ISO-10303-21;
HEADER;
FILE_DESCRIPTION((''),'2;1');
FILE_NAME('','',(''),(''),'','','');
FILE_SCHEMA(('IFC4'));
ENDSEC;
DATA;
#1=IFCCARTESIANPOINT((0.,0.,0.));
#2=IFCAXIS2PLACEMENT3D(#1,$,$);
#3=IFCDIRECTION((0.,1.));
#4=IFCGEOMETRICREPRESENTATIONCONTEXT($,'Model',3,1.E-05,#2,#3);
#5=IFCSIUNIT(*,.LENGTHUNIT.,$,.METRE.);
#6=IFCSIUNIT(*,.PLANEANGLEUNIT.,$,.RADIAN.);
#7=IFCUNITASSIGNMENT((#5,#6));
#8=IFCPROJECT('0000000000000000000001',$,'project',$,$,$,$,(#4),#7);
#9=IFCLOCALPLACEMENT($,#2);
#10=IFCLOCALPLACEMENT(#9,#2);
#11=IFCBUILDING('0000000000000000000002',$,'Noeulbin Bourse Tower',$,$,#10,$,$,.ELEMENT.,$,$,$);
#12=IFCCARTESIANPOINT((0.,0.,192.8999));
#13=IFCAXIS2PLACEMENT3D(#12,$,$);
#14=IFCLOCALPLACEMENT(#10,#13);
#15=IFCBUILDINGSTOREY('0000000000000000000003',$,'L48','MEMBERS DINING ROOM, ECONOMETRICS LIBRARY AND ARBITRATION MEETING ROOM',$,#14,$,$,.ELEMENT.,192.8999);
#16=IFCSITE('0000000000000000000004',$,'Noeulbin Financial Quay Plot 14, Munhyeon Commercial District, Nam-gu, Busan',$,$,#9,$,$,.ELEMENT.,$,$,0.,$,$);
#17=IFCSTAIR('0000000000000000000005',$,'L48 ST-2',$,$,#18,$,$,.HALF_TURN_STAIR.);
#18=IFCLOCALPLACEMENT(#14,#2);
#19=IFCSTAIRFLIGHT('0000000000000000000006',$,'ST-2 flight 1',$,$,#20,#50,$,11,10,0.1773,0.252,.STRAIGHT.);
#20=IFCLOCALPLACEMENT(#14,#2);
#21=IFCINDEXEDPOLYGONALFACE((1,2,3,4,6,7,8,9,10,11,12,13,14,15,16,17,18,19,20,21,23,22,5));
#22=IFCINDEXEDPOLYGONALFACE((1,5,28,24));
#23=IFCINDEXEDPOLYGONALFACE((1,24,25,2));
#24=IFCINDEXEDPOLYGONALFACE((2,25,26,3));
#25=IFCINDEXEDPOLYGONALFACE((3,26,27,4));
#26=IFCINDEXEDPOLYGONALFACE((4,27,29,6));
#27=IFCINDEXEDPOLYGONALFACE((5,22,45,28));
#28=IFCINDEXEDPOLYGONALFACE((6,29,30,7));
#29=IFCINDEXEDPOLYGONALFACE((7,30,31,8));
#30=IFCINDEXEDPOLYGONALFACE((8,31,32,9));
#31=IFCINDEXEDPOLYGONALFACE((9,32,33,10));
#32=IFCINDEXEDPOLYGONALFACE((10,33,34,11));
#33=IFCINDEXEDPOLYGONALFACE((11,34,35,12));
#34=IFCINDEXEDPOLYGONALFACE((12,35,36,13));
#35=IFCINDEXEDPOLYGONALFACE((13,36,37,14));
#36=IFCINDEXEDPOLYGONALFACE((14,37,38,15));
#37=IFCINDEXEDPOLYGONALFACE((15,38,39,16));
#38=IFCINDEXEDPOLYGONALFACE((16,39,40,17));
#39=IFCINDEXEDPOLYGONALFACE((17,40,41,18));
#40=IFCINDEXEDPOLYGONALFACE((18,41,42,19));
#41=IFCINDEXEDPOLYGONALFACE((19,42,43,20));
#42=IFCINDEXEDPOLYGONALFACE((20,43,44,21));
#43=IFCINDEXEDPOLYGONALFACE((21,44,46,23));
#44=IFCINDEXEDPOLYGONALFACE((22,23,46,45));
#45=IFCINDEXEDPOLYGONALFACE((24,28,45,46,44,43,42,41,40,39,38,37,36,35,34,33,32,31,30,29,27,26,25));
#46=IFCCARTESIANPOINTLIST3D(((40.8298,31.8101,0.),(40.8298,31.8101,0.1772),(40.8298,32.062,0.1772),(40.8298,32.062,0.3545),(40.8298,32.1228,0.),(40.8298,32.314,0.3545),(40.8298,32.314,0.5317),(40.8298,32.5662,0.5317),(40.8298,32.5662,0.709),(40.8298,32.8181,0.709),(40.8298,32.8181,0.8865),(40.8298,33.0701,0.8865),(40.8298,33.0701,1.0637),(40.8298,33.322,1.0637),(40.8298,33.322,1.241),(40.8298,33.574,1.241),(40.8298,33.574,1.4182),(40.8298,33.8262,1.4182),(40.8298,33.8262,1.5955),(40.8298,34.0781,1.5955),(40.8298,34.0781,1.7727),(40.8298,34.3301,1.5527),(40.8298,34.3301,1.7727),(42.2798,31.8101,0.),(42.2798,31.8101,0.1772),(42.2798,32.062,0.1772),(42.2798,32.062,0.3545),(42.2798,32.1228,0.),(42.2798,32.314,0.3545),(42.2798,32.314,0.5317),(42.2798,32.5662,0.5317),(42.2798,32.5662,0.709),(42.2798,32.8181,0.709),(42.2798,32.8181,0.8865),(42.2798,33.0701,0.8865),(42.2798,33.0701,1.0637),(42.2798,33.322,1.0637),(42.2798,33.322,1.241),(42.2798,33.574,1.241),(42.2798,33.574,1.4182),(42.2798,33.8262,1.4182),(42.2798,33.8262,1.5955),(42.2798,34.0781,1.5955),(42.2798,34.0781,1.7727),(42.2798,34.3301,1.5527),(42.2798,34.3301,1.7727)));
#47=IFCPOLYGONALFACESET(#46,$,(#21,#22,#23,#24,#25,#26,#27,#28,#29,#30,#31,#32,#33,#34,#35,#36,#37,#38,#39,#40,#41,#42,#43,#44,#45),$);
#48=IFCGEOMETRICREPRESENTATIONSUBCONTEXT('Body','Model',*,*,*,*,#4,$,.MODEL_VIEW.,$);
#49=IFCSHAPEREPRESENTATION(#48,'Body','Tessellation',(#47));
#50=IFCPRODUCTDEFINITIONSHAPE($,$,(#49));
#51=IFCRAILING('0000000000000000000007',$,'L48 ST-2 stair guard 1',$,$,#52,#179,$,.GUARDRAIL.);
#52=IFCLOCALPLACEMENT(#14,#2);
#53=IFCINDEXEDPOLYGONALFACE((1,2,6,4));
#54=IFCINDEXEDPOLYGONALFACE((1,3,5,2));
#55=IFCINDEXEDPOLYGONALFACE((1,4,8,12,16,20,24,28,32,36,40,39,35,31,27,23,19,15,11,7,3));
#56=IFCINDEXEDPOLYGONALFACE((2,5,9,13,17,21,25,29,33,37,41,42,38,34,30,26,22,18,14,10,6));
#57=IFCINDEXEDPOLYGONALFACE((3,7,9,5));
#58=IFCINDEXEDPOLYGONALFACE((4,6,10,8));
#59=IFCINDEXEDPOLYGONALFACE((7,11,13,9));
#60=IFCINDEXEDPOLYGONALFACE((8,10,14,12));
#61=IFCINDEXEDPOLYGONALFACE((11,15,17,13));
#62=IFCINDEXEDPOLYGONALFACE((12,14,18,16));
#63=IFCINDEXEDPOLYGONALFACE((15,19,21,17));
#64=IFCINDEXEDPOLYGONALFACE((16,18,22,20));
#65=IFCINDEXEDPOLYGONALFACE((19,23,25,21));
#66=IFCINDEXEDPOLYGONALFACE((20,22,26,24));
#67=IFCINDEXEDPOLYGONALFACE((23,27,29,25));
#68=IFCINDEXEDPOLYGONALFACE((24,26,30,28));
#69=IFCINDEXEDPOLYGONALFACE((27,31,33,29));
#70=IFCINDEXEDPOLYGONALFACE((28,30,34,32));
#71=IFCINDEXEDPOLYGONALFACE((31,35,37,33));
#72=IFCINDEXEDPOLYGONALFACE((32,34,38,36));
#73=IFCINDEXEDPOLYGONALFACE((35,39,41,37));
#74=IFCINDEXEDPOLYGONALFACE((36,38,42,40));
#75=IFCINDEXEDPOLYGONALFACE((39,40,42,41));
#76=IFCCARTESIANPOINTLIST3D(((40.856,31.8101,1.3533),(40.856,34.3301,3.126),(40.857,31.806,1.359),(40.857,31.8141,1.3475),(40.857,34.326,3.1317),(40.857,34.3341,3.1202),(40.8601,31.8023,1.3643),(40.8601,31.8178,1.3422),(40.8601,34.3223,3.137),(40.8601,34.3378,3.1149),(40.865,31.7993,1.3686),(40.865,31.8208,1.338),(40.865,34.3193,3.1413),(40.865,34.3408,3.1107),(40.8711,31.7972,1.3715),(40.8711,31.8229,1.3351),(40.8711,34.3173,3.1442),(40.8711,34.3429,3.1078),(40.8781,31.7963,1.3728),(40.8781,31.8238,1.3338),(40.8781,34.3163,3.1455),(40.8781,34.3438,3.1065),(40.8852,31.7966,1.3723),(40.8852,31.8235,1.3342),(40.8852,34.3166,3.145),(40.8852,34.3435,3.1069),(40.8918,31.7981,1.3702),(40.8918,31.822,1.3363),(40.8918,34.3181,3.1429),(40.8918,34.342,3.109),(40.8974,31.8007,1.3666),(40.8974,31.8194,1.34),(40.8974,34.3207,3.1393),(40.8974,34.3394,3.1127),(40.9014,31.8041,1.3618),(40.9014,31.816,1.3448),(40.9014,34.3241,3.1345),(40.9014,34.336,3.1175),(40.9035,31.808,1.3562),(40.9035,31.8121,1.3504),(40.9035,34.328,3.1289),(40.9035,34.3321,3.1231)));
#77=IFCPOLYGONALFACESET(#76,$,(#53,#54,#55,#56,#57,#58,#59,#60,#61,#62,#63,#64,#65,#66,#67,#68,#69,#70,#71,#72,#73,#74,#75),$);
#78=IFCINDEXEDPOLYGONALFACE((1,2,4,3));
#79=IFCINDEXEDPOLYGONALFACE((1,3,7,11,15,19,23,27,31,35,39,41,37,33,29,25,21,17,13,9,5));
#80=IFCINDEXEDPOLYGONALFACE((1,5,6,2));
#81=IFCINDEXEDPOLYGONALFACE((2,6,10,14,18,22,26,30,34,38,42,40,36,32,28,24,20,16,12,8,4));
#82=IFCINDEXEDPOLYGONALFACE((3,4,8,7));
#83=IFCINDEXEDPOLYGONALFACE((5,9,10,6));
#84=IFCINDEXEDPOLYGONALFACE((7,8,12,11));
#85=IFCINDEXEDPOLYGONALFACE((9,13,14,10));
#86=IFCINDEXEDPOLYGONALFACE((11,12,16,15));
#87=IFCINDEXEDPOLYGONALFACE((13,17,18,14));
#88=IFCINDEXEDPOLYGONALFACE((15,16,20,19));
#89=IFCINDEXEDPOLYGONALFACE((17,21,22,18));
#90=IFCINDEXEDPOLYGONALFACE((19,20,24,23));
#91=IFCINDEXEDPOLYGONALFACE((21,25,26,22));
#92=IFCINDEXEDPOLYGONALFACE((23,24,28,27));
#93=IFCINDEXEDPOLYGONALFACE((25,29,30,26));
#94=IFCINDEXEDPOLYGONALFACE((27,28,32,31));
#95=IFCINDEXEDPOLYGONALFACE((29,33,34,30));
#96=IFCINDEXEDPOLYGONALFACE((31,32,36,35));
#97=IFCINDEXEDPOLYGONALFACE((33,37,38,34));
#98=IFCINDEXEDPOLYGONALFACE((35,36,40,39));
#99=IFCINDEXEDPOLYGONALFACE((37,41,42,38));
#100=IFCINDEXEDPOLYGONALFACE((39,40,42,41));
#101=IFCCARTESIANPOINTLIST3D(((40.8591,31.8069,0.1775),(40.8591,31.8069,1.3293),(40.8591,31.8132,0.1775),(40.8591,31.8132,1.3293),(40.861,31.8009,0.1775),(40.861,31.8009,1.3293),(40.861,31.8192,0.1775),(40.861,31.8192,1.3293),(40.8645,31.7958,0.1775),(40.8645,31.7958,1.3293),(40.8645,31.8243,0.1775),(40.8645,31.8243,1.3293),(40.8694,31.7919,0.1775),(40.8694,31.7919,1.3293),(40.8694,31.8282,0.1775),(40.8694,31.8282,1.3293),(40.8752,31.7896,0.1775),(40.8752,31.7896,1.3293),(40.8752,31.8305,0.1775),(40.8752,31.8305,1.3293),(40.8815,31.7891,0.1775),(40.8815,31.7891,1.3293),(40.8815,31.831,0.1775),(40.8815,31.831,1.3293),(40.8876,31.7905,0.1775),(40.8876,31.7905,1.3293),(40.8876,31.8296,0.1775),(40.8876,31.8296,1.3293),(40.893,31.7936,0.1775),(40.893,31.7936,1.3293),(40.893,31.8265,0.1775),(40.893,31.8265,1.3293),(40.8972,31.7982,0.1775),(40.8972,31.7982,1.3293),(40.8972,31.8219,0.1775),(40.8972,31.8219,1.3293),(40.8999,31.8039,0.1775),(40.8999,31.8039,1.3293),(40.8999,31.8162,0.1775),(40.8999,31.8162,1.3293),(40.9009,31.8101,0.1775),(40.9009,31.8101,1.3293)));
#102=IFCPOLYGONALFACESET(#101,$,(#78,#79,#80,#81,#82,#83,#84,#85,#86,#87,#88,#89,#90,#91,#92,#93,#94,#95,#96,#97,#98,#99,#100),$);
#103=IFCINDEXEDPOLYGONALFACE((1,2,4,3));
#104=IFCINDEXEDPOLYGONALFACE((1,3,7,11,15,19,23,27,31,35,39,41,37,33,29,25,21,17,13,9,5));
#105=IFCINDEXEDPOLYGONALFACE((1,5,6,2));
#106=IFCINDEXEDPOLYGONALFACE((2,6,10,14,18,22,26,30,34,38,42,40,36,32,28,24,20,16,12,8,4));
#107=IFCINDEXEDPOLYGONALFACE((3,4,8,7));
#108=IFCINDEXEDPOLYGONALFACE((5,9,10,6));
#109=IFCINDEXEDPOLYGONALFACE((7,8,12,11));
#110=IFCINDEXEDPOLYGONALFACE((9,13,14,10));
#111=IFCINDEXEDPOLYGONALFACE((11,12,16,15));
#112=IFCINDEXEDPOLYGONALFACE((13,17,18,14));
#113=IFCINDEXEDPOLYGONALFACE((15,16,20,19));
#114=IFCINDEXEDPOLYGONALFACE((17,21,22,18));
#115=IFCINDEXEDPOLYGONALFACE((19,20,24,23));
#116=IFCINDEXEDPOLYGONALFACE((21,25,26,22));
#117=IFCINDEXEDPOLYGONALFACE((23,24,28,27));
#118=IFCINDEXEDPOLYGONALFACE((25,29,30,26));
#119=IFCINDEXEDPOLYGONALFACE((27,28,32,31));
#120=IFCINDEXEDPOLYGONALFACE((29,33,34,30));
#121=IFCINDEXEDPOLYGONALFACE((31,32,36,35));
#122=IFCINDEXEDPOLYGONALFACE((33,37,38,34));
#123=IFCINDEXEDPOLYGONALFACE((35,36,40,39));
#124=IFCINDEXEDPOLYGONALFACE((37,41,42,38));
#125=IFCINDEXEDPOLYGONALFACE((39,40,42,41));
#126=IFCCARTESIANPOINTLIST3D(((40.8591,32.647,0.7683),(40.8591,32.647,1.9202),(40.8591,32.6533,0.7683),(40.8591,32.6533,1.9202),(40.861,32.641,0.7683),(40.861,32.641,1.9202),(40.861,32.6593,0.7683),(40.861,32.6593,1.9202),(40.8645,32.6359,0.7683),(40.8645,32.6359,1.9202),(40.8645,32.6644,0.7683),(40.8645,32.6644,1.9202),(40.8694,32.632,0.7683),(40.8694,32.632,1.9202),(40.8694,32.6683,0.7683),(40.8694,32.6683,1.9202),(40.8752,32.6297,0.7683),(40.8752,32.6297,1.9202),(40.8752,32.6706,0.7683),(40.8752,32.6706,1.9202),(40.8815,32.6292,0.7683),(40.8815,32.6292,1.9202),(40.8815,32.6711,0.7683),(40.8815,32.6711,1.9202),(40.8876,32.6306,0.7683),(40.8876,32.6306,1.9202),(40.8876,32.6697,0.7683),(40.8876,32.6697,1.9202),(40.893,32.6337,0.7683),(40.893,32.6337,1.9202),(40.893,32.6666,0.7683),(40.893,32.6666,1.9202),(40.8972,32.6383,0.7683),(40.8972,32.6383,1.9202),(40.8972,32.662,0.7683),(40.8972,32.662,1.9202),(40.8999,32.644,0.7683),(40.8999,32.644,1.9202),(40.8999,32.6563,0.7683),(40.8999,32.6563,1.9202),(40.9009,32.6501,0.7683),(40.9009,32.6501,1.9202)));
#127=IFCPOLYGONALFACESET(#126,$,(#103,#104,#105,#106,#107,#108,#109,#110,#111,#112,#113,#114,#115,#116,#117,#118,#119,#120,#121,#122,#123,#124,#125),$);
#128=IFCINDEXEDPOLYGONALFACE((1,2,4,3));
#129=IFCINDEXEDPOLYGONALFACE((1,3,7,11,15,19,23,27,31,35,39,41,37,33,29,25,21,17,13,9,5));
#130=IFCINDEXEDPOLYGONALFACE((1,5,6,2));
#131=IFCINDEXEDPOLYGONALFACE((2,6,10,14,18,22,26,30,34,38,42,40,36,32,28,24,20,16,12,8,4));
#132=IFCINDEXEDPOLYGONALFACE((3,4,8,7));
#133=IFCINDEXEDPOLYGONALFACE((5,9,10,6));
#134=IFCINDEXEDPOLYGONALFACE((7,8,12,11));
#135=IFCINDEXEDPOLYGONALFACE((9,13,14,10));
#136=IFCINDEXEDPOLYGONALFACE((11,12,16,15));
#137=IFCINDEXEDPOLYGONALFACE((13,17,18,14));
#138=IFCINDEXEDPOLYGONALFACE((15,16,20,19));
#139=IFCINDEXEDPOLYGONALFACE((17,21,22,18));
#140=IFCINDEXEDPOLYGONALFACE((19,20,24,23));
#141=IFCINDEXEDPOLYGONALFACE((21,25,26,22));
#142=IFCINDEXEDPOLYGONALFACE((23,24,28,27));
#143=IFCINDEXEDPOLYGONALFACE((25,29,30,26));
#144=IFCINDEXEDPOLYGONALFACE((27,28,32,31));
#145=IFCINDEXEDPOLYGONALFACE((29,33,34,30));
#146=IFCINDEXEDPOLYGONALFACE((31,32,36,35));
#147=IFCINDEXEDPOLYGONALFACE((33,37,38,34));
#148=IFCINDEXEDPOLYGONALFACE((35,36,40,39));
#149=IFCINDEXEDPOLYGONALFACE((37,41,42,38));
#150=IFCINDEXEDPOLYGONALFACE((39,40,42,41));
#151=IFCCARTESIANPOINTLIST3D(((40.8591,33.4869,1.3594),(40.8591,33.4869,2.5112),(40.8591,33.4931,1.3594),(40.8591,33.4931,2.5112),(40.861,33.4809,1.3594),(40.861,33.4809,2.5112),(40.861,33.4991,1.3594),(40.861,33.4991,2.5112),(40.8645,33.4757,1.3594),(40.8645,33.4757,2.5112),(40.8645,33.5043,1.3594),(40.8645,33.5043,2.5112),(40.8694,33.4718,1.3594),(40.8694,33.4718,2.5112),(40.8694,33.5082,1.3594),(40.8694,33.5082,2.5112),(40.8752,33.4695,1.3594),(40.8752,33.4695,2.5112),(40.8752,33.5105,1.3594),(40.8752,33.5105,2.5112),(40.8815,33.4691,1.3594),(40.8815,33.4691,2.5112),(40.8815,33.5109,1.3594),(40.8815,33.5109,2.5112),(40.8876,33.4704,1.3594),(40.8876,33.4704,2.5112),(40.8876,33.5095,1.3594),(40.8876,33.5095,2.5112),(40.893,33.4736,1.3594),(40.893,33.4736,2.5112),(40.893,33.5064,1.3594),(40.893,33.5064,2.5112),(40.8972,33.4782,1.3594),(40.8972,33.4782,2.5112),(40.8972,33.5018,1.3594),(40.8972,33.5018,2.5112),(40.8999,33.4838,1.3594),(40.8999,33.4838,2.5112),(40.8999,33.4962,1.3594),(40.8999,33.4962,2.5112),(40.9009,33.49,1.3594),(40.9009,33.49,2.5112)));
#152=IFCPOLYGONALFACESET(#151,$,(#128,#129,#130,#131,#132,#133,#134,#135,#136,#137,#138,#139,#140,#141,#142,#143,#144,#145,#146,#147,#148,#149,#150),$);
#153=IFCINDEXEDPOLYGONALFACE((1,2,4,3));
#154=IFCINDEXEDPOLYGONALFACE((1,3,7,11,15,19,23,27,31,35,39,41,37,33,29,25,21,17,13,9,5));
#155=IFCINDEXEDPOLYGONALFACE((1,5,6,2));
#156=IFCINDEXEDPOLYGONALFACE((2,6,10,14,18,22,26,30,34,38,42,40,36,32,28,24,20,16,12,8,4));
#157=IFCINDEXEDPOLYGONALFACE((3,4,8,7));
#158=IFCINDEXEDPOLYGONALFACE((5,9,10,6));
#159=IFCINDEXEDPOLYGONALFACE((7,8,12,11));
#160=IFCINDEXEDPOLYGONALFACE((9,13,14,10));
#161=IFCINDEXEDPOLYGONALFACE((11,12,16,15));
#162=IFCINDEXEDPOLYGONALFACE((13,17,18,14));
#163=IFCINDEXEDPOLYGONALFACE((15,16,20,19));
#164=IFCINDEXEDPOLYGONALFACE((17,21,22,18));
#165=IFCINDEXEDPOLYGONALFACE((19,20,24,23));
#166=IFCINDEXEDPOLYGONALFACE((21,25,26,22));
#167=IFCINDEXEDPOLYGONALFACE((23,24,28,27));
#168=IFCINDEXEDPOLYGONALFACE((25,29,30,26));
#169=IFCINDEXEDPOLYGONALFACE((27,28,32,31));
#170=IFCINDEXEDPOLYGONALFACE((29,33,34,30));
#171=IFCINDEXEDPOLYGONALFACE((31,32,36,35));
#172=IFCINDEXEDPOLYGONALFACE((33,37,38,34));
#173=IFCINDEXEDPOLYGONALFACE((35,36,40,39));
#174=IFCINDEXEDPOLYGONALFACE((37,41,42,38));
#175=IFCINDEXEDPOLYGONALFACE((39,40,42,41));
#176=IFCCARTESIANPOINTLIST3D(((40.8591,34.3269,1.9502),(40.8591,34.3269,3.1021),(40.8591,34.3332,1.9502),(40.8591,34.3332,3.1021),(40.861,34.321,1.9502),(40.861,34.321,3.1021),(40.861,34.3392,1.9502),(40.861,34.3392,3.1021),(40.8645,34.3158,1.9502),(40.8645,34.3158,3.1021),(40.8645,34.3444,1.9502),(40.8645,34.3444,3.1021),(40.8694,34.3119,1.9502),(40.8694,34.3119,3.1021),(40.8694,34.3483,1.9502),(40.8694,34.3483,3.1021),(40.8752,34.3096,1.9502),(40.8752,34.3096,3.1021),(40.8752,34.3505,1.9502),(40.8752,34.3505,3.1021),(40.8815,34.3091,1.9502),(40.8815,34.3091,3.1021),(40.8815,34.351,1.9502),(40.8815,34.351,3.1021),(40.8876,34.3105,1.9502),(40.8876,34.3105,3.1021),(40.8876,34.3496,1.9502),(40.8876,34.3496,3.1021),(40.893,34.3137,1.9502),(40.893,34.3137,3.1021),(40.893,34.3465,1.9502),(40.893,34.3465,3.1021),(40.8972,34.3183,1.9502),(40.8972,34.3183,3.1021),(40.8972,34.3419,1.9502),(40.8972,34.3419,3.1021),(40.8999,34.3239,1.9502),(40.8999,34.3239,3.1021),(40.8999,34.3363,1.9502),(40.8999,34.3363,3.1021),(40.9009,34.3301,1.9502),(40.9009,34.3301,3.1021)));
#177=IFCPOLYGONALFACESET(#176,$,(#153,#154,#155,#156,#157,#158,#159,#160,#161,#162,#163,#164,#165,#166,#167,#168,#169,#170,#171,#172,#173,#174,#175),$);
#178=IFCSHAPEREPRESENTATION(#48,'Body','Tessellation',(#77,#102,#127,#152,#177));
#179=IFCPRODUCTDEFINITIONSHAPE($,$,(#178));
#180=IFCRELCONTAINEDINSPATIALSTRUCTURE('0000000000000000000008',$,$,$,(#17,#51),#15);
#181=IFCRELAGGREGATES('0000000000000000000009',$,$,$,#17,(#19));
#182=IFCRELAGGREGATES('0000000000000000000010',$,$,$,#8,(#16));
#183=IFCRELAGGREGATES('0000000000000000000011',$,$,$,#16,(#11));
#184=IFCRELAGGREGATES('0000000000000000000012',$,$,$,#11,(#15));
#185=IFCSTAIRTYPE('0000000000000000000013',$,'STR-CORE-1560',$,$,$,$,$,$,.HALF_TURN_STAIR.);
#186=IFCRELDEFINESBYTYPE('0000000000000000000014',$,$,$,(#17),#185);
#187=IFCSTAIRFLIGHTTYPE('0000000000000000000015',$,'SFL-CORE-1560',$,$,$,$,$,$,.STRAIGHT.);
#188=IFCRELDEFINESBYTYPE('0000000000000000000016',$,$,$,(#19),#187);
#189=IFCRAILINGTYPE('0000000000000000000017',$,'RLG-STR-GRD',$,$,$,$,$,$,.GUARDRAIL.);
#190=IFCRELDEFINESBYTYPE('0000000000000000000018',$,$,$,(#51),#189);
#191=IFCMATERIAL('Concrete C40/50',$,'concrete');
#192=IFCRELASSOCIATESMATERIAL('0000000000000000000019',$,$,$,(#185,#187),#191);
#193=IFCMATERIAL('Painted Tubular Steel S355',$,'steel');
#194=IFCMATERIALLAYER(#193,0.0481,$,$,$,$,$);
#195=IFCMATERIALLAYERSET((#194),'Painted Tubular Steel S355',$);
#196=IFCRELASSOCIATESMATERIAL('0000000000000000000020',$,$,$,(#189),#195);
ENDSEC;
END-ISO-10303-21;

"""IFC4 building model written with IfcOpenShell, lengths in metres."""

from ifc_helpers import new_model, si_unit, direction, frame, origin, origin_2d, place, context, subcontext, project, spatial, polyline, circle, outline, extrude, material, layer, layer_set, type_object, element, aggregate, save


model = new_model("IFC4")

# Units and contexts
model_context = context("Model", 3, precision=1e-05, world=origin(), true_north=direction((0.0, 1.0)))
body_context = subcontext(model_context, "Body", "Model", "MODEL_VIEW")
ifc_project = project(units=[si_unit("LENGTHUNIT", "METRE"), si_unit("PLANEANGLEUNIT", "RADIAN")], contexts=[model_context])

# Site, building, storey
site_placement = place(None, origin())
site = spatial("IfcSite", under=ifc_project, at=site_placement, Name="Noeulbin Financial Quay Plot 14, Munhyeon Commercial District, Nam-gu, Busan", CompositionType="ELEMENT", RefElevation=0.0)
building_placement = place(site_placement, origin())
building = spatial("IfcBuilding", under=site, at=building_placement, Name="Noeulbin Bourse Tower", CompositionType="ELEMENT")
storey_placement = place(building_placement, frame((0.0, 0.0, 192.8999)))
storey = spatial("IfcBuildingStorey", under=building, at=storey_placement, Name="L48", Description="MEMBERS DINING ROOM, ECONOMETRICS LIBRARY AND ARBITRATION MEETING ROOM", CompositionType="ELEMENT", Elevation=192.8999)

# Shared definitions
ifc_material_1 = material(Name="Concrete C40/50", Category="concrete")

# Stair, stair flight
stair_type = type_object("IfcStairType", Name="STR-CORE-1560", PredefinedType="HALF_TURN_STAIR", material=ifc_material_1)
stair_placement = place(storey_placement, origin())
stair = element("IfcStair", 1, at=stair_placement, inside=storey, type_object=stair_type, Name="L48 ST-2", PredefinedType="HALF_TURN_STAIR")
stair_flight_type = type_object("IfcStairFlightType", Name="SFL-CORE-1560", PredefinedType="STRAIGHT", material=ifc_material_1)
stair_flight_placement = place(storey_placement, frame((41.5549, 31.8101, 0.0), z_axis=(0.0, 0.0, 1.0), x_axis=(0.0, 1.0, 0.0)))
stair_flight = element("IfcStairFlight", 2, at=stair_flight_placement, type_object=stair_flight_type, Name="ST-2 flight 1", NumberOfRisers=11, NumberOfTreads=10, PredefinedType="STRAIGHT", RiserHeight=0.1773, TreadLength=0.252, context=body_context, shape_type="SweptSolid", body=[
    extrude(outline(polyline([(0.0, 0.0), (0.0, 0.1772), (0.252, 0.1772), (0.252, 0.3545), (0.5039, 0.3545), (0.5039, 0.5317), (0.7561, 0.5317), (0.7561, 0.709), (1.0081, 0.709), (1.0081, 0.8865), (1.26, 0.8865), (1.26, 1.0637), (1.512, 1.0637), (1.512, 1.241), (1.7639, 1.241), (1.7639, 1.4182), (2.0161, 1.4182), (2.0161, 1.5955), (2.2681, 1.5955), (2.2681, 1.7727), (2.52, 1.7727), (2.52, 1.95), (2.52, 1.5527), (0.3127, 0.0), (0.0, 0.0)])), frame((0.0, 0.7251, 0.0), z_axis=(0.0, -1.0, 0.0), x_axis=(1.0, 0.0, 0.0)), (0.0, 0.0, 1.0), 1.45),
])
aggregate(stair, [stair_flight])

# Railing
ifc_material_2 = material(Name="Painted Tubular Steel S355", Category="steel")
ifc_layer_1 = layer(ifc_material_2, 0.0481)
ifc_layer_set_1 = layer_set([ifc_layer_1], Name="Painted Tubular Steel S355")
railing_type_1 = type_object("IfcRailingType", Name="RLG-STR-GRD", PredefinedType="GUARDRAIL", material=ifc_layer_set_1)
railing_1_placement = place(storey_placement, frame((40.8799, 31.8101, 0.1775)))
element("IfcRailing", 3, at=railing_1_placement, inside=storey, type_object=railing_type_1, Name="L48 ST-2 stair guard 1", PredefinedType="GUARDRAIL", context=body_context, shape_type="SweptSolid", body=[
    extrude(circle(Radius=0.0239, at=origin_2d()), frame((0.0, 0.0, 1.1758), z_axis=(0.0, 0.817904, 0.575354), x_axis=(-1.0, 0.0, 0.0)), (0.0, 0.0, 1.0), 3.0811),
    extrude(circle(Radius=0.021, at=origin_2d()), origin(), (0.0, 0.0, 1.0), 1.1519),
    extrude(circle(Radius=0.021, at=origin_2d()), frame((0.0, 0.8401, 0.5908)), (0.0, 0.0, 1.0), 1.1519),
    extrude(circle(Radius=0.021, at=origin_2d()), frame((0.0, 1.6799, 1.1819)), (0.0, 0.0, 1.0), 1.1519),
    extrude(circle(Radius=0.021, at=origin_2d()), frame((0.0, 2.52, 1.7727)), (0.0, 0.0, 1.0), 1.1519),
])

save(model, "model.ifc")
